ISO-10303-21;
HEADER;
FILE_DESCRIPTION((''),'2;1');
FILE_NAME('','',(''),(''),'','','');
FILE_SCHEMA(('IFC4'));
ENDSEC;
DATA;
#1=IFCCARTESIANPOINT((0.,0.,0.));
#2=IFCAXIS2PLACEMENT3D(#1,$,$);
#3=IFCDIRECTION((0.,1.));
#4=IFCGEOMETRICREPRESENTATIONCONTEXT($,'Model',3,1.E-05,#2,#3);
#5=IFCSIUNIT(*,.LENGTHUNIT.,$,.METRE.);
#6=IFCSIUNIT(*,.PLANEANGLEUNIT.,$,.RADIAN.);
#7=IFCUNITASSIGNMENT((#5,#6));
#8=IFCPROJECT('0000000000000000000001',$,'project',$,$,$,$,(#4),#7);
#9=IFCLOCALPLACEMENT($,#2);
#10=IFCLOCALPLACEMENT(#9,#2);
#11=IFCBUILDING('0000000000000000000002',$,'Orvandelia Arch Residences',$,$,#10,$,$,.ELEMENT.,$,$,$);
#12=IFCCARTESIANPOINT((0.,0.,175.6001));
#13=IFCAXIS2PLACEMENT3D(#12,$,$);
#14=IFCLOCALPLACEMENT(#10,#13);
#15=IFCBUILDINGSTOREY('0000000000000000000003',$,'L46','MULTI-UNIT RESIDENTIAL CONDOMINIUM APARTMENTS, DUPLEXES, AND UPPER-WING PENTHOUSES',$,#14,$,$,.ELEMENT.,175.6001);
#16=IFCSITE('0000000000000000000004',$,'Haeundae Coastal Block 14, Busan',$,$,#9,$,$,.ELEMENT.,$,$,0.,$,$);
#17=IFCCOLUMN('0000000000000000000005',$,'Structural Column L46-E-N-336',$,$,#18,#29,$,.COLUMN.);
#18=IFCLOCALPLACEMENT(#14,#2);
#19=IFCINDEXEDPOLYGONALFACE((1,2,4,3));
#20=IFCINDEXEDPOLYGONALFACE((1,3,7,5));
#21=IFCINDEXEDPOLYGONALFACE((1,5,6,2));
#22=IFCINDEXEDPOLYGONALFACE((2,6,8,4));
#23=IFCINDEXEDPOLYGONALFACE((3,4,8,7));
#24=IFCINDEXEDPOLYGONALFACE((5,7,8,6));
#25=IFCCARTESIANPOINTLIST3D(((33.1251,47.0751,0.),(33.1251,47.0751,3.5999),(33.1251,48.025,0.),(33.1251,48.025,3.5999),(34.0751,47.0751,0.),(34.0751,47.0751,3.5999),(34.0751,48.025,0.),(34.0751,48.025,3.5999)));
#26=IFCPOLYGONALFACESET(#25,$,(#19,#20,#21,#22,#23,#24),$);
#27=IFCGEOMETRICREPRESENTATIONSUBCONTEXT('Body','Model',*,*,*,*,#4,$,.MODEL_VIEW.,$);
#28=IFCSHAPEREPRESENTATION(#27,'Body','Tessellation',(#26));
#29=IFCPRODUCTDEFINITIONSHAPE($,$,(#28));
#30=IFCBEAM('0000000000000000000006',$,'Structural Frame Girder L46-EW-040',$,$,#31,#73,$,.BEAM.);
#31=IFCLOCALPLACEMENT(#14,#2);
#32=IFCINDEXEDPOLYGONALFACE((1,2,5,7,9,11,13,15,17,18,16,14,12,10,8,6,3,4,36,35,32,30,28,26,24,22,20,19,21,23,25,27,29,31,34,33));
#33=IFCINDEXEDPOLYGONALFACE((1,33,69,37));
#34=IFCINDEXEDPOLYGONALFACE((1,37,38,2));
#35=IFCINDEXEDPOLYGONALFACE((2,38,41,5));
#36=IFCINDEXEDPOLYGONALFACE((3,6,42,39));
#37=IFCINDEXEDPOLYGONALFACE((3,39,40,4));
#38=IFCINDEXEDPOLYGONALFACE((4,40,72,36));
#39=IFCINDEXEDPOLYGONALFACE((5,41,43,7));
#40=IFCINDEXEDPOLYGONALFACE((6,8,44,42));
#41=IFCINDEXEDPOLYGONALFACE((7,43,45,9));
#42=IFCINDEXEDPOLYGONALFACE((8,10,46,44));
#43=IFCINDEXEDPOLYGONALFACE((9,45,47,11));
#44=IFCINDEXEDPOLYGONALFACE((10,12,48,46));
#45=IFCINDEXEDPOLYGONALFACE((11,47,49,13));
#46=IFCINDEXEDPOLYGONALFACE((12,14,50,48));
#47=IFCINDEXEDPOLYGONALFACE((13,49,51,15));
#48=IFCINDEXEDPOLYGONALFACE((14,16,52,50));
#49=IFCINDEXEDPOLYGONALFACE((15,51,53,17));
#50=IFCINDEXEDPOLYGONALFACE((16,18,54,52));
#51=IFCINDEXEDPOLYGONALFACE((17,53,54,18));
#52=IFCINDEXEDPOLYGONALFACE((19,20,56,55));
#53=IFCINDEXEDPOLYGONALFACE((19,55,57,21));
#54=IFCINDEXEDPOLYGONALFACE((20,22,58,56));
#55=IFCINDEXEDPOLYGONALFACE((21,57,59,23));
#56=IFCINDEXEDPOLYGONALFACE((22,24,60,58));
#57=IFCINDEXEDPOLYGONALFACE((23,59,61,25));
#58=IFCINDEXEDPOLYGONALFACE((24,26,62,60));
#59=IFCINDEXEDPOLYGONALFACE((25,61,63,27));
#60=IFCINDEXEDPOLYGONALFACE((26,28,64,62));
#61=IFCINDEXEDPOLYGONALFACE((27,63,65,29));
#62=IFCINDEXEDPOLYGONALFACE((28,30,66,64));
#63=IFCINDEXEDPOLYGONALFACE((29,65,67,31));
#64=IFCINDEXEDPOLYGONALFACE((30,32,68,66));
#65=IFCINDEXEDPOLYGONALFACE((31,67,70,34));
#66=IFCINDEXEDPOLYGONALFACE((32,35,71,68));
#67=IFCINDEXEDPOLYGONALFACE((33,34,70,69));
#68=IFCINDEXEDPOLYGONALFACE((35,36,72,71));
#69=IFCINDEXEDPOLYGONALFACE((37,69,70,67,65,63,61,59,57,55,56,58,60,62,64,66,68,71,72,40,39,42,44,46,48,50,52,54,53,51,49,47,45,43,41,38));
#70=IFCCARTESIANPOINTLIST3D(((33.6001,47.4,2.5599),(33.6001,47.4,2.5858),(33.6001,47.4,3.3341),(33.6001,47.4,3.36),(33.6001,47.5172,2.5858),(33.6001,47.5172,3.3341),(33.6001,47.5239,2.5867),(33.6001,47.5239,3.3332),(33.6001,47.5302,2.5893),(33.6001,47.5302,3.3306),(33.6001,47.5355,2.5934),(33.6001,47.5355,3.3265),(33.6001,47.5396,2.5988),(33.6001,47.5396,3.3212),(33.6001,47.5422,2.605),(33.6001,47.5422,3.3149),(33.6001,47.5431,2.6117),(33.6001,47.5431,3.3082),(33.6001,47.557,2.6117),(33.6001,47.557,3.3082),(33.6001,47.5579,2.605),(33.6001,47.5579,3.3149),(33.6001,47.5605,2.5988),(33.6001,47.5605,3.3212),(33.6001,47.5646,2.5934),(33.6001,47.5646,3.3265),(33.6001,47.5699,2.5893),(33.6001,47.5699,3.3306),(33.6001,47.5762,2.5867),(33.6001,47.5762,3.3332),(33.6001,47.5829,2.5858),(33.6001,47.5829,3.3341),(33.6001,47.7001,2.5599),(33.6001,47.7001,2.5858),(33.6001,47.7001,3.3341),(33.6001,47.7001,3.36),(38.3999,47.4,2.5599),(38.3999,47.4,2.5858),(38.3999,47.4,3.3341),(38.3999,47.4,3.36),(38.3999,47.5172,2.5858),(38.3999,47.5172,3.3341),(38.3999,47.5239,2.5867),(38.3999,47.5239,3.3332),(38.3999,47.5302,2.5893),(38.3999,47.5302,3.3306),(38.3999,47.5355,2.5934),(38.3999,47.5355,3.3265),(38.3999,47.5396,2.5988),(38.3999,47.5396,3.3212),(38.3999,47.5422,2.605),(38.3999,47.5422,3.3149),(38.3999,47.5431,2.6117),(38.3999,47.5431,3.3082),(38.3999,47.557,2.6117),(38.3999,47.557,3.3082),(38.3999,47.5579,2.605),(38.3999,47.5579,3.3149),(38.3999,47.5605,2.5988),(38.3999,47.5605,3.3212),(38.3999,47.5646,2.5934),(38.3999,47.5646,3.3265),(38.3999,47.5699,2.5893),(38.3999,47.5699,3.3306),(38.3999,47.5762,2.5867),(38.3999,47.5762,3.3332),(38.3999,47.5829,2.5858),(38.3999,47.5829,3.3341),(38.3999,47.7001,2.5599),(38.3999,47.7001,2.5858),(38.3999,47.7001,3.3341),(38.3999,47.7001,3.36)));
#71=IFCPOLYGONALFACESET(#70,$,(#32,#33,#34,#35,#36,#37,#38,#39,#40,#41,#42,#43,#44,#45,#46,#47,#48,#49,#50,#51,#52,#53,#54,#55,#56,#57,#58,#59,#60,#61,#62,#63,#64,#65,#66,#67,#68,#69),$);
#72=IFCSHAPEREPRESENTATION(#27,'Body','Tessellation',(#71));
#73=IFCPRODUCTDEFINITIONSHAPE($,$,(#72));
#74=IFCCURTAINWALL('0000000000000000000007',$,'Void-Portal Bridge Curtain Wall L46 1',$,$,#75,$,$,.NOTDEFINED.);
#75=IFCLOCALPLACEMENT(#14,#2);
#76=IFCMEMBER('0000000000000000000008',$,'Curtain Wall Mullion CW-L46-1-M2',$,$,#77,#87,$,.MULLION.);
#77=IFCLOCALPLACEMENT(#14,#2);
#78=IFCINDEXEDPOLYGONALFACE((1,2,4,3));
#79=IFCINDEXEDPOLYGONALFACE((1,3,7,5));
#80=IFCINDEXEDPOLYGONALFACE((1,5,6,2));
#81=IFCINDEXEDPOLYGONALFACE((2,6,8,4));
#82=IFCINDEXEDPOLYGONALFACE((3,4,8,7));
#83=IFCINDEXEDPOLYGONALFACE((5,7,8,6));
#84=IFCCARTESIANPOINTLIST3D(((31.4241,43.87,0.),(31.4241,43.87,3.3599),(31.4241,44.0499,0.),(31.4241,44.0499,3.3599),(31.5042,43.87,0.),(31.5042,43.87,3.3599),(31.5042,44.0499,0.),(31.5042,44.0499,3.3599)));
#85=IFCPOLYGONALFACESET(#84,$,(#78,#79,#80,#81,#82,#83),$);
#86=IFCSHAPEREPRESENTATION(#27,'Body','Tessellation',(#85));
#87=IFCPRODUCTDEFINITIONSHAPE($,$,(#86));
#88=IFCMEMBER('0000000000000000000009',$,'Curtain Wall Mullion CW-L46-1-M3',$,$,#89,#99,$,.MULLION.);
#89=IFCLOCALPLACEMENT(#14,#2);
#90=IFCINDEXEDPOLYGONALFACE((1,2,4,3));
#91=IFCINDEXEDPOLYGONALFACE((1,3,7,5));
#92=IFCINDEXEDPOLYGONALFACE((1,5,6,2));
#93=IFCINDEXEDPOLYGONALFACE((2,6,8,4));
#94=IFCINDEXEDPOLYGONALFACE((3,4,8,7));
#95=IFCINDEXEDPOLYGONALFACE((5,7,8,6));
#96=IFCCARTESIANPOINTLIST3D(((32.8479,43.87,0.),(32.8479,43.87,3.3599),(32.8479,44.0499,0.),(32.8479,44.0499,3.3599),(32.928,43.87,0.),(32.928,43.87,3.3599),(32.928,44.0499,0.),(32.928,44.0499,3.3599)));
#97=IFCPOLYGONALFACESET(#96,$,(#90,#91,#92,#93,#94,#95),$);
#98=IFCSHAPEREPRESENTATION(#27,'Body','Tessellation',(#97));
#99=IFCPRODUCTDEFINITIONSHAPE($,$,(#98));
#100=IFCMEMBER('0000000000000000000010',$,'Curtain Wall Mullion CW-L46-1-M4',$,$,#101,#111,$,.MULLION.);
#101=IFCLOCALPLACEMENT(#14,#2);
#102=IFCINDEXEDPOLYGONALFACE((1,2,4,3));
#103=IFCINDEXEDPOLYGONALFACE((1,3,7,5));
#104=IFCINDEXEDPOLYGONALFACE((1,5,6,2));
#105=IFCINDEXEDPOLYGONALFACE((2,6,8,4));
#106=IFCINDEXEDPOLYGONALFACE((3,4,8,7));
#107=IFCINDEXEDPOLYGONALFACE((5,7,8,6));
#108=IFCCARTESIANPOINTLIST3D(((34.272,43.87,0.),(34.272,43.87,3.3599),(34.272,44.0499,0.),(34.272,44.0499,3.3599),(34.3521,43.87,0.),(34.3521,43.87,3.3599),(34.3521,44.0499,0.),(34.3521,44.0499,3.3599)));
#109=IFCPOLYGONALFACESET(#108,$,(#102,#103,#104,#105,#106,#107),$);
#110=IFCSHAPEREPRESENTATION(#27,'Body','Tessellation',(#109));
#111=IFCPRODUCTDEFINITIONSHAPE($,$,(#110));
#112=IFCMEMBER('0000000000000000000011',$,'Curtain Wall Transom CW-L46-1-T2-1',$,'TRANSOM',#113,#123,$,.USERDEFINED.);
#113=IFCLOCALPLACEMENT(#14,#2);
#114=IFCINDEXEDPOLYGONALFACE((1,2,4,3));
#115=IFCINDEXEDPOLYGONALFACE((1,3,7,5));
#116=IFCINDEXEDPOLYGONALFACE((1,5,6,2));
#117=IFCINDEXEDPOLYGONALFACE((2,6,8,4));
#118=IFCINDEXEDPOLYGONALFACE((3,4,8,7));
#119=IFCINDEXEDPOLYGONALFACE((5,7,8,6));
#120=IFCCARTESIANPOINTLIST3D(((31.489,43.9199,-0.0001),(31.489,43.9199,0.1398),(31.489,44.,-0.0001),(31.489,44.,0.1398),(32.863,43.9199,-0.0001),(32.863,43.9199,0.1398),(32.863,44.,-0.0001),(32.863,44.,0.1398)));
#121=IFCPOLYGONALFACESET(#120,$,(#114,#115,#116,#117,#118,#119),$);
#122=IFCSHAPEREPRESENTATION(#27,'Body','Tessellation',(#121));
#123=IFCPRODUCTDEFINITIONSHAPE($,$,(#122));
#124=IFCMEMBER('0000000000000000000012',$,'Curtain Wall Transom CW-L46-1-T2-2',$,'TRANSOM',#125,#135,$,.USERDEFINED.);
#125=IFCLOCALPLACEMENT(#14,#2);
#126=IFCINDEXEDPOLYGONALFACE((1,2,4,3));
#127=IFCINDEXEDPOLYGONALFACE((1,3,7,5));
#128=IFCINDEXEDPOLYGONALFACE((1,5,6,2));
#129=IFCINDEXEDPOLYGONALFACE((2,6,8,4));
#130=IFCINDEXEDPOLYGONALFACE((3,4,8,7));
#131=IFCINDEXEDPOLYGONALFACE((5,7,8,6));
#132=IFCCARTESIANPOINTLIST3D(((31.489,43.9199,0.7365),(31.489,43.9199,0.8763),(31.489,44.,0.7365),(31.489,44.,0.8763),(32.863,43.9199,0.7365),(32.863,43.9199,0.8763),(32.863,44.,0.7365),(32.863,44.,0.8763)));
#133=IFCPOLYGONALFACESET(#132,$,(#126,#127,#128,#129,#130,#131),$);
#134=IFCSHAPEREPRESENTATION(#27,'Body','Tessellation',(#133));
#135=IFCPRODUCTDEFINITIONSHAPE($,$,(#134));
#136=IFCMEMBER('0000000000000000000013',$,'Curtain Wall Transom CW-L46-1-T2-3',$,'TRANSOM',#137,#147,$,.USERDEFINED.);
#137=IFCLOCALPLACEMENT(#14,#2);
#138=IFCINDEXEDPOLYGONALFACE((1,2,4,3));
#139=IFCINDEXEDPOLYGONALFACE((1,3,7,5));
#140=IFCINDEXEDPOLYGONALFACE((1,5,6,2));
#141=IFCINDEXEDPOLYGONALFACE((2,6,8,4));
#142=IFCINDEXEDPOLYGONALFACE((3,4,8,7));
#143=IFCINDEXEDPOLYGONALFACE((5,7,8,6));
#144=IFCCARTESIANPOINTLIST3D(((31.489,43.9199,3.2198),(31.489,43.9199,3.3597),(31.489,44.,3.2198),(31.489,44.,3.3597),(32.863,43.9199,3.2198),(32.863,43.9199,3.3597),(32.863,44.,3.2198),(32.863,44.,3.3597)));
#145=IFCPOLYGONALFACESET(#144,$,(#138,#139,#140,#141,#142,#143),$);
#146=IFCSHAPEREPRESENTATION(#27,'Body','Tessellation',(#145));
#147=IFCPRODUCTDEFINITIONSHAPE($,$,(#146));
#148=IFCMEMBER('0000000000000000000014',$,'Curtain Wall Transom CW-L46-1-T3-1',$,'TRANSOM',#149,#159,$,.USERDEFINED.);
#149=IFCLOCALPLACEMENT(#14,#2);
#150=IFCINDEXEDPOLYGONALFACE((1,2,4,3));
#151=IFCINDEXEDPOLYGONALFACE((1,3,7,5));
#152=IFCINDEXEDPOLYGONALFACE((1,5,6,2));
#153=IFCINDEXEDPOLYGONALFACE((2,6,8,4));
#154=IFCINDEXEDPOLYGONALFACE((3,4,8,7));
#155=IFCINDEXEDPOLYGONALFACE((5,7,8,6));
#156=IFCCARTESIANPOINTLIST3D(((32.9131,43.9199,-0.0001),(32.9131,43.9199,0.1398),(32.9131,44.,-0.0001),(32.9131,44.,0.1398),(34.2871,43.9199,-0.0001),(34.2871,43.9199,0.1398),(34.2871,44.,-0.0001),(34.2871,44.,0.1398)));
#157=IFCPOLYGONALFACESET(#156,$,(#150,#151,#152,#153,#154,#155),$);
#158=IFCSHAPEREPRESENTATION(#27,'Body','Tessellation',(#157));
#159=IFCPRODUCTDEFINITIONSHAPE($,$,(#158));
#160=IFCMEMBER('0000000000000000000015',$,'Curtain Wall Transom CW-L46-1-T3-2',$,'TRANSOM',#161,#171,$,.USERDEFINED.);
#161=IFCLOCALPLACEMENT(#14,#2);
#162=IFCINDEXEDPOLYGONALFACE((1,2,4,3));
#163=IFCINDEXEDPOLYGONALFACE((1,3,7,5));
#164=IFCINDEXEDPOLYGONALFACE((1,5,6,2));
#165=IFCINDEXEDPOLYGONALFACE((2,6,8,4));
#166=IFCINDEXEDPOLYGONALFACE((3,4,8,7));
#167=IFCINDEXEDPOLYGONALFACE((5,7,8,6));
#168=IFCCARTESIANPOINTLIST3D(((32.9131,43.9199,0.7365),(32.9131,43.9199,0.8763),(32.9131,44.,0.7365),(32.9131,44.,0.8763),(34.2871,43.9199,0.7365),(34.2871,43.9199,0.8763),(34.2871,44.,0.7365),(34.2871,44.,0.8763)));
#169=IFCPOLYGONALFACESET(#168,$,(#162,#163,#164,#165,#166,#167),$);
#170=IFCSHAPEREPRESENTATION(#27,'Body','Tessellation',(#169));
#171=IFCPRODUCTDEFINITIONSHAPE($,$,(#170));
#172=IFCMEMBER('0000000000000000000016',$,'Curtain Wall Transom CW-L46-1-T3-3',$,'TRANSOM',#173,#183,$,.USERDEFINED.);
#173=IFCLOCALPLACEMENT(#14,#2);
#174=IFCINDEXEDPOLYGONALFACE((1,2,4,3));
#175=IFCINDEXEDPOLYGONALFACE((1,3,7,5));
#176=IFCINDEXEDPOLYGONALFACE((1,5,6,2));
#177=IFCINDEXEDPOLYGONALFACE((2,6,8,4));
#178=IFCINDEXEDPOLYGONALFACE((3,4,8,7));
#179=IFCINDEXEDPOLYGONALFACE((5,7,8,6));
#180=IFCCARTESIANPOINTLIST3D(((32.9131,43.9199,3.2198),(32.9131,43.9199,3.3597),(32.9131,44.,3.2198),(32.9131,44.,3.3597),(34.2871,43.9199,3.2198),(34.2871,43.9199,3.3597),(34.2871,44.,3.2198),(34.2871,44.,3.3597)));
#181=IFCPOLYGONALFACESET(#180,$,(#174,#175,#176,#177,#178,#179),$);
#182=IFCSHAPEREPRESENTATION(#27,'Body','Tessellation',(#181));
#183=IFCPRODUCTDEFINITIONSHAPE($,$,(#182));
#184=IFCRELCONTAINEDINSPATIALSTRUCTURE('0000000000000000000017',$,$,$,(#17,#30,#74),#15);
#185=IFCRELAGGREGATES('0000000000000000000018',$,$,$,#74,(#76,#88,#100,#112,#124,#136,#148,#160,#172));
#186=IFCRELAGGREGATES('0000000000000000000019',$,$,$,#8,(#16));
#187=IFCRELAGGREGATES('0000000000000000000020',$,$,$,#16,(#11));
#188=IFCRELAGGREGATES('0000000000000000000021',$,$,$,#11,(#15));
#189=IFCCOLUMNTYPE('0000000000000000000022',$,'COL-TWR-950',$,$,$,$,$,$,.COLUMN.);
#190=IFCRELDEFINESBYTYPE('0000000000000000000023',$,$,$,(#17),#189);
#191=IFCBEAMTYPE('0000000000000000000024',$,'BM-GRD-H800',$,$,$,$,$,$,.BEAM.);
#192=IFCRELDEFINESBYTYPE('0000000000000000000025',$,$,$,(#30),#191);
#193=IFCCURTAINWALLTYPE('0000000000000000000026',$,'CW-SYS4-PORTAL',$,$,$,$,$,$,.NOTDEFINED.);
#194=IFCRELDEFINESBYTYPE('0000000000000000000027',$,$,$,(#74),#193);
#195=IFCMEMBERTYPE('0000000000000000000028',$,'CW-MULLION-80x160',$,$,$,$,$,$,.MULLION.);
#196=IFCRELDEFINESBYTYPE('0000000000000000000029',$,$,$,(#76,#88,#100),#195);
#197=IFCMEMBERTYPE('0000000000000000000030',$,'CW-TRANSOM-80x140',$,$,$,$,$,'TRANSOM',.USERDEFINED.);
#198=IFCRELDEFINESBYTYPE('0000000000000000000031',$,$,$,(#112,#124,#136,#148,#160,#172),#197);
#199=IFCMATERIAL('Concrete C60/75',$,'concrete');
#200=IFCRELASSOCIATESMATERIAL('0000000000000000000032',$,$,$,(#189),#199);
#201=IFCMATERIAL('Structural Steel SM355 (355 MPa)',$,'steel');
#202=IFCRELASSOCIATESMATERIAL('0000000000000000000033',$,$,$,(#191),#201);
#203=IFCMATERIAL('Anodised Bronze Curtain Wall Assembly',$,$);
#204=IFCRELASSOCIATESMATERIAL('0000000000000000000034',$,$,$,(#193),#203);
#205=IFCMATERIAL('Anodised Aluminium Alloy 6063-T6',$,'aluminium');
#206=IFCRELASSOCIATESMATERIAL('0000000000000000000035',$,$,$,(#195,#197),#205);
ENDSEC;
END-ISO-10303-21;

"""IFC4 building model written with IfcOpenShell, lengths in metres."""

from ifc_helpers import new_model, si_unit, direction, frame, origin, origin_2d, place, context, subcontext, project, spatial, rectangle, i_section, extrude, material, material_profile, profile_set, type_object, element, aggregate, save


model = new_model("IFC4")

# Units and contexts
model_context = context("Model", 3, precision=1e-05, world=origin(), true_north=direction((0.0, 1.0)))
body_context = subcontext(model_context, "Body", "Model", "MODEL_VIEW")
ifc_project = project(units=[si_unit("LENGTHUNIT", "METRE"), si_unit("PLANEANGLEUNIT", "RADIAN")], contexts=[model_context])

# Site, building, storey
site_placement = place(None, origin())
site = spatial("IfcSite", under=ifc_project, at=site_placement, Name="Haeundae Coastal Block 14, Busan", CompositionType="ELEMENT", RefElevation=0.0)
building_placement = place(site_placement, origin())
building = spatial("IfcBuilding", under=site, at=building_placement, Name="Orvandelia Arch Residences", CompositionType="ELEMENT")
storey_placement = place(building_placement, frame((0.0, 0.0, 175.6001)))
storey = spatial("IfcBuildingStorey", under=building, at=storey_placement, Name="L46", Description="MULTI-UNIT RESIDENTIAL CONDOMINIUM APARTMENTS, DUPLEXES, AND UPPER-WING PENTHOUSES", CompositionType="ELEMENT", Elevation=175.6001)

# Column
ifc_material_1 = material(Name="Concrete C60/75", Category="concrete")
ifc_material_profile_1 = material_profile(ifc_material_1, rectangle(XDim=0.95, YDim=0.95, at=origin_2d()), Name="Concrete C60/75", Category="concrete")
ifc_profile_set_1 = profile_set([ifc_material_profile_1], Name="Concrete C60/75")
column_type = type_object("IfcColumnType", Name="COL-TWR-950", PredefinedType="COLUMN", material=ifc_profile_set_1)
column_placement = place(storey_placement, frame((33.6001, 47.55, 0.0), z_axis=(0.0, 0.0, 1.0), x_axis=(1.0, 0.0, 0.0)))
element("IfcColumn", 1, at=column_placement, inside=storey, type_object=column_type, Name="Structural Column L46-E-N-336", PredefinedType="COLUMN", context=body_context, shape_type="SweptSolid", body=[
    extrude(rectangle(XDim=0.95, YDim=0.95, at=origin_2d()), origin(), (0.0, 0.0, 1.0), 3.5999),
])

# Beam
ifc_material_2 = material(Name="Structural Steel SM355 (355 MPa)", Category="steel")
ifc_material_profile_2 = material_profile(ifc_material_2, i_section(OverallWidth=0.3, OverallDepth=0.8, WebThickness=0.0139, FlangeThickness=0.0259, FilletRadius=0.0259, at=origin_2d()), Name="Structural Steel SM355 (355 MPa)", Category="steel")
ifc_profile_set_2 = profile_set([ifc_material_profile_2], Name="Structural Steel SM355 (355 MPa)")
beam_type = type_object("IfcBeamType", Name="BM-GRD-H800", PredefinedType="BEAM", material=ifc_profile_set_2)
beam_placement = place(storey_placement, frame((33.6001, 47.55, 2.96), z_axis=(1.0, 0.0, 0.0), x_axis=(0.0, 1.0, 0.0)))
element("IfcBeam", 2, at=beam_placement, inside=storey, type_object=beam_type, Name="Structural Frame Girder L46-EW-040", PredefinedType="BEAM", context=body_context, shape_type="SweptSolid", body=[
    extrude(i_section(OverallWidth=0.3, OverallDepth=0.8, WebThickness=0.0139, FlangeThickness=0.0259, FilletRadius=0.0259, at=origin_2d()), origin(), (0.0, 0.0, 1.0), 4.7998),
])

# Curtain wall, members
ifc_material_3 = material(Name="Anodised Bronze Curtain Wall Assembly")
curtain_wall_type = type_object("IfcCurtainWallType", Name="CW-SYS4-PORTAL", PredefinedType="NOTDEFINED", material=ifc_material_3)
curtain_wall_placement = place(storey_placement, origin())
curtain_wall = element("IfcCurtainWall", 3, at=curtain_wall_placement, inside=storey, type_object=curtain_wall_type, Name="Void-Portal Bridge Curtain Wall L46 1", PredefinedType="NOTDEFINED")
ifc_material_4 = material(Name="Anodised Aluminium Alloy 6063-T6", Category="aluminium")
ifc_material_profile_3 = material_profile(ifc_material_4, rectangle(XDim=0.0801, YDim=0.1799, at=origin_2d()), Name="Anodised Aluminium Alloy 6063-T6", Category="aluminium")
ifc_profile_set_3 = profile_set([ifc_material_profile_3], Name="Anodised Aluminium Alloy 6063-T6")
member_type_1 = type_object("IfcMemberType", Name="CW-MULLION-80x160", PredefinedType="MULLION", material=ifc_profile_set_3)
member_1_placement = place(storey_placement, frame((31.4641, 43.96, 0.0), z_axis=(0.0, 0.0, 1.0), x_axis=(1.0, 0.0, 0.0)))
member_1 = element("IfcMember", 4, at=member_1_placement, type_object=member_type_1, Name="Curtain Wall Mullion CW-L46-1-M2", PredefinedType="MULLION", context=body_context, shape_type="SweptSolid", body=[
    extrude(rectangle(XDim=0.0801, YDim=0.1799, at=origin_2d()), origin(), (0.0, 0.0, 1.0), 3.3599),
])
member_2_placement = place(storey_placement, frame((32.8879, 43.96, 0.0), z_axis=(0.0, 0.0, 1.0), x_axis=(1.0, 0.0, 0.0)))
member_2 = element("IfcMember", 5, at=member_2_placement, type_object=member_type_1, Name="Curtain Wall Mullion CW-L46-1-M3", PredefinedType="MULLION", context=body_context, shape_type="SweptSolid", body=[
    extrude(rectangle(XDim=0.0801, YDim=0.1799, at=origin_2d()), origin(), (0.0, 0.0, 1.0), 3.3599),
])
member_3_placement = place(storey_placement, frame((34.312, 43.96, 0.0), z_axis=(0.0, 0.0, 1.0), x_axis=(1.0, 0.0, 0.0)))
member_3 = element("IfcMember", 6, at=member_3_placement, type_object=member_type_1, Name="Curtain Wall Mullion CW-L46-1-M4", PredefinedType="MULLION", context=body_context, shape_type="SweptSolid", body=[
    extrude(rectangle(XDim=0.0801, YDim=0.1799, at=origin_2d()), origin(), (0.0, 0.0, 1.0), 3.3599),
])
ifc_material_profile_4 = material_profile(ifc_material_4, rectangle(XDim=0.0801, YDim=0.1399, at=origin_2d()), Name="Anodised Aluminium Alloy 6063-T6", Category="aluminium")
ifc_profile_set_4 = profile_set([ifc_material_profile_4], Name="Anodised Aluminium Alloy 6063-T6")
member_type_2 = type_object("IfcMemberType", Name="CW-TRANSOM-80x140", ElementType="TRANSOM", PredefinedType="USERDEFINED", material=ifc_profile_set_4)
member_4_placement = place(storey_placement, frame((31.489, 43.96, 0.0698), z_axis=(1.0, 0.0, 0.0), x_axis=(0.0, 1.0, 0.0)))
member_4 = element("IfcMember", 7, at=member_4_placement, type_object=member_type_2, Name="Curtain Wall Transom CW-L46-1-T2-1", ObjectType="TRANSOM", PredefinedType="USERDEFINED", context=body_context, shape_type="SweptSolid", body=[
    extrude(rectangle(XDim=0.0801, YDim=0.1399, at=origin_2d()), origin(), (0.0, 0.0, 1.0), 1.374),
])
member_5_placement = place(storey_placement, frame((31.489, 43.96, 0.8064), z_axis=(1.0, 0.0, 0.0), x_axis=(0.0, 1.0, 0.0)))
member_5 = element("IfcMember", 8, at=member_5_placement, type_object=member_type_2, Name="Curtain Wall Transom CW-L46-1-T2-2", ObjectType="TRANSOM", PredefinedType="USERDEFINED", context=body_context, shape_type="SweptSolid", body=[
    extrude(rectangle(XDim=0.0801, YDim=0.1399, at=origin_2d()), origin(), (0.0, 0.0, 1.0), 1.374),
])
member_6_placement = place(storey_placement, frame((31.489, 43.96, 3.2898), z_axis=(1.0, 0.0, 0.0), x_axis=(0.0, 1.0, 0.0)))
member_6 = element("IfcMember", 9, at=member_6_placement, type_object=member_type_2, Name="Curtain Wall Transom CW-L46-1-T2-3", ObjectType="TRANSOM", PredefinedType="USERDEFINED", context=body_context, shape_type="SweptSolid", body=[
    extrude(rectangle(XDim=0.0801, YDim=0.1399, at=origin_2d()), origin(), (0.0, 0.0, 1.0), 1.374),
])
member_7_placement = place(storey_placement, frame((32.9131, 43.96, 0.0698), z_axis=(1.0, 0.0, 0.0), x_axis=(0.0, 1.0, 0.0)))
member_7 = element("IfcMember", 10, at=member_7_placement, type_object=member_type_2, Name="Curtain Wall Transom CW-L46-1-T3-1", ObjectType="TRANSOM", PredefinedType="USERDEFINED", context=body_context, shape_type="SweptSolid", body=[
    extrude(rectangle(XDim=0.0801, YDim=0.1399, at=origin_2d()), origin(), (0.0, 0.0, 1.0), 1.374),
])
member_8_placement = place(storey_placement, frame((32.9131, 43.96, 0.8064), z_axis=(1.0, 0.0, 0.0), x_axis=(0.0, 1.0, 0.0)))
member_8 = element("IfcMember", 11, at=member_8_placement, type_object=member_type_2, Name="Curtain Wall Transom CW-L46-1-T3-2", ObjectType="TRANSOM", PredefinedType="USERDEFINED", context=body_context, shape_type="SweptSolid", body=[
    extrude(rectangle(XDim=0.0801, YDim=0.1399, at=origin_2d()), origin(), (0.0, 0.0, 1.0), 1.374),
])
member_9_placement = place(storey_placement, frame((32.9131, 43.96, 3.2898), z_axis=(1.0, 0.0, 0.0), x_axis=(0.0, 1.0, 0.0)))
member_9 = element("IfcMember", 12, at=member_9_placement, type_object=member_type_2, Name="Curtain Wall Transom CW-L46-1-T3-3", ObjectType="TRANSOM", PredefinedType="USERDEFINED", context=body_context, shape_type="SweptSolid", body=[
    extrude(rectangle(XDim=0.0801, YDim=0.1399, at=origin_2d()), origin(), (0.0, 0.0, 1.0), 1.374),
])
aggregate(curtain_wall, [member_1, member_2, member_3, member_4, member_5, member_6, member_7, member_8, member_9])

save(model, "model.ifc")
